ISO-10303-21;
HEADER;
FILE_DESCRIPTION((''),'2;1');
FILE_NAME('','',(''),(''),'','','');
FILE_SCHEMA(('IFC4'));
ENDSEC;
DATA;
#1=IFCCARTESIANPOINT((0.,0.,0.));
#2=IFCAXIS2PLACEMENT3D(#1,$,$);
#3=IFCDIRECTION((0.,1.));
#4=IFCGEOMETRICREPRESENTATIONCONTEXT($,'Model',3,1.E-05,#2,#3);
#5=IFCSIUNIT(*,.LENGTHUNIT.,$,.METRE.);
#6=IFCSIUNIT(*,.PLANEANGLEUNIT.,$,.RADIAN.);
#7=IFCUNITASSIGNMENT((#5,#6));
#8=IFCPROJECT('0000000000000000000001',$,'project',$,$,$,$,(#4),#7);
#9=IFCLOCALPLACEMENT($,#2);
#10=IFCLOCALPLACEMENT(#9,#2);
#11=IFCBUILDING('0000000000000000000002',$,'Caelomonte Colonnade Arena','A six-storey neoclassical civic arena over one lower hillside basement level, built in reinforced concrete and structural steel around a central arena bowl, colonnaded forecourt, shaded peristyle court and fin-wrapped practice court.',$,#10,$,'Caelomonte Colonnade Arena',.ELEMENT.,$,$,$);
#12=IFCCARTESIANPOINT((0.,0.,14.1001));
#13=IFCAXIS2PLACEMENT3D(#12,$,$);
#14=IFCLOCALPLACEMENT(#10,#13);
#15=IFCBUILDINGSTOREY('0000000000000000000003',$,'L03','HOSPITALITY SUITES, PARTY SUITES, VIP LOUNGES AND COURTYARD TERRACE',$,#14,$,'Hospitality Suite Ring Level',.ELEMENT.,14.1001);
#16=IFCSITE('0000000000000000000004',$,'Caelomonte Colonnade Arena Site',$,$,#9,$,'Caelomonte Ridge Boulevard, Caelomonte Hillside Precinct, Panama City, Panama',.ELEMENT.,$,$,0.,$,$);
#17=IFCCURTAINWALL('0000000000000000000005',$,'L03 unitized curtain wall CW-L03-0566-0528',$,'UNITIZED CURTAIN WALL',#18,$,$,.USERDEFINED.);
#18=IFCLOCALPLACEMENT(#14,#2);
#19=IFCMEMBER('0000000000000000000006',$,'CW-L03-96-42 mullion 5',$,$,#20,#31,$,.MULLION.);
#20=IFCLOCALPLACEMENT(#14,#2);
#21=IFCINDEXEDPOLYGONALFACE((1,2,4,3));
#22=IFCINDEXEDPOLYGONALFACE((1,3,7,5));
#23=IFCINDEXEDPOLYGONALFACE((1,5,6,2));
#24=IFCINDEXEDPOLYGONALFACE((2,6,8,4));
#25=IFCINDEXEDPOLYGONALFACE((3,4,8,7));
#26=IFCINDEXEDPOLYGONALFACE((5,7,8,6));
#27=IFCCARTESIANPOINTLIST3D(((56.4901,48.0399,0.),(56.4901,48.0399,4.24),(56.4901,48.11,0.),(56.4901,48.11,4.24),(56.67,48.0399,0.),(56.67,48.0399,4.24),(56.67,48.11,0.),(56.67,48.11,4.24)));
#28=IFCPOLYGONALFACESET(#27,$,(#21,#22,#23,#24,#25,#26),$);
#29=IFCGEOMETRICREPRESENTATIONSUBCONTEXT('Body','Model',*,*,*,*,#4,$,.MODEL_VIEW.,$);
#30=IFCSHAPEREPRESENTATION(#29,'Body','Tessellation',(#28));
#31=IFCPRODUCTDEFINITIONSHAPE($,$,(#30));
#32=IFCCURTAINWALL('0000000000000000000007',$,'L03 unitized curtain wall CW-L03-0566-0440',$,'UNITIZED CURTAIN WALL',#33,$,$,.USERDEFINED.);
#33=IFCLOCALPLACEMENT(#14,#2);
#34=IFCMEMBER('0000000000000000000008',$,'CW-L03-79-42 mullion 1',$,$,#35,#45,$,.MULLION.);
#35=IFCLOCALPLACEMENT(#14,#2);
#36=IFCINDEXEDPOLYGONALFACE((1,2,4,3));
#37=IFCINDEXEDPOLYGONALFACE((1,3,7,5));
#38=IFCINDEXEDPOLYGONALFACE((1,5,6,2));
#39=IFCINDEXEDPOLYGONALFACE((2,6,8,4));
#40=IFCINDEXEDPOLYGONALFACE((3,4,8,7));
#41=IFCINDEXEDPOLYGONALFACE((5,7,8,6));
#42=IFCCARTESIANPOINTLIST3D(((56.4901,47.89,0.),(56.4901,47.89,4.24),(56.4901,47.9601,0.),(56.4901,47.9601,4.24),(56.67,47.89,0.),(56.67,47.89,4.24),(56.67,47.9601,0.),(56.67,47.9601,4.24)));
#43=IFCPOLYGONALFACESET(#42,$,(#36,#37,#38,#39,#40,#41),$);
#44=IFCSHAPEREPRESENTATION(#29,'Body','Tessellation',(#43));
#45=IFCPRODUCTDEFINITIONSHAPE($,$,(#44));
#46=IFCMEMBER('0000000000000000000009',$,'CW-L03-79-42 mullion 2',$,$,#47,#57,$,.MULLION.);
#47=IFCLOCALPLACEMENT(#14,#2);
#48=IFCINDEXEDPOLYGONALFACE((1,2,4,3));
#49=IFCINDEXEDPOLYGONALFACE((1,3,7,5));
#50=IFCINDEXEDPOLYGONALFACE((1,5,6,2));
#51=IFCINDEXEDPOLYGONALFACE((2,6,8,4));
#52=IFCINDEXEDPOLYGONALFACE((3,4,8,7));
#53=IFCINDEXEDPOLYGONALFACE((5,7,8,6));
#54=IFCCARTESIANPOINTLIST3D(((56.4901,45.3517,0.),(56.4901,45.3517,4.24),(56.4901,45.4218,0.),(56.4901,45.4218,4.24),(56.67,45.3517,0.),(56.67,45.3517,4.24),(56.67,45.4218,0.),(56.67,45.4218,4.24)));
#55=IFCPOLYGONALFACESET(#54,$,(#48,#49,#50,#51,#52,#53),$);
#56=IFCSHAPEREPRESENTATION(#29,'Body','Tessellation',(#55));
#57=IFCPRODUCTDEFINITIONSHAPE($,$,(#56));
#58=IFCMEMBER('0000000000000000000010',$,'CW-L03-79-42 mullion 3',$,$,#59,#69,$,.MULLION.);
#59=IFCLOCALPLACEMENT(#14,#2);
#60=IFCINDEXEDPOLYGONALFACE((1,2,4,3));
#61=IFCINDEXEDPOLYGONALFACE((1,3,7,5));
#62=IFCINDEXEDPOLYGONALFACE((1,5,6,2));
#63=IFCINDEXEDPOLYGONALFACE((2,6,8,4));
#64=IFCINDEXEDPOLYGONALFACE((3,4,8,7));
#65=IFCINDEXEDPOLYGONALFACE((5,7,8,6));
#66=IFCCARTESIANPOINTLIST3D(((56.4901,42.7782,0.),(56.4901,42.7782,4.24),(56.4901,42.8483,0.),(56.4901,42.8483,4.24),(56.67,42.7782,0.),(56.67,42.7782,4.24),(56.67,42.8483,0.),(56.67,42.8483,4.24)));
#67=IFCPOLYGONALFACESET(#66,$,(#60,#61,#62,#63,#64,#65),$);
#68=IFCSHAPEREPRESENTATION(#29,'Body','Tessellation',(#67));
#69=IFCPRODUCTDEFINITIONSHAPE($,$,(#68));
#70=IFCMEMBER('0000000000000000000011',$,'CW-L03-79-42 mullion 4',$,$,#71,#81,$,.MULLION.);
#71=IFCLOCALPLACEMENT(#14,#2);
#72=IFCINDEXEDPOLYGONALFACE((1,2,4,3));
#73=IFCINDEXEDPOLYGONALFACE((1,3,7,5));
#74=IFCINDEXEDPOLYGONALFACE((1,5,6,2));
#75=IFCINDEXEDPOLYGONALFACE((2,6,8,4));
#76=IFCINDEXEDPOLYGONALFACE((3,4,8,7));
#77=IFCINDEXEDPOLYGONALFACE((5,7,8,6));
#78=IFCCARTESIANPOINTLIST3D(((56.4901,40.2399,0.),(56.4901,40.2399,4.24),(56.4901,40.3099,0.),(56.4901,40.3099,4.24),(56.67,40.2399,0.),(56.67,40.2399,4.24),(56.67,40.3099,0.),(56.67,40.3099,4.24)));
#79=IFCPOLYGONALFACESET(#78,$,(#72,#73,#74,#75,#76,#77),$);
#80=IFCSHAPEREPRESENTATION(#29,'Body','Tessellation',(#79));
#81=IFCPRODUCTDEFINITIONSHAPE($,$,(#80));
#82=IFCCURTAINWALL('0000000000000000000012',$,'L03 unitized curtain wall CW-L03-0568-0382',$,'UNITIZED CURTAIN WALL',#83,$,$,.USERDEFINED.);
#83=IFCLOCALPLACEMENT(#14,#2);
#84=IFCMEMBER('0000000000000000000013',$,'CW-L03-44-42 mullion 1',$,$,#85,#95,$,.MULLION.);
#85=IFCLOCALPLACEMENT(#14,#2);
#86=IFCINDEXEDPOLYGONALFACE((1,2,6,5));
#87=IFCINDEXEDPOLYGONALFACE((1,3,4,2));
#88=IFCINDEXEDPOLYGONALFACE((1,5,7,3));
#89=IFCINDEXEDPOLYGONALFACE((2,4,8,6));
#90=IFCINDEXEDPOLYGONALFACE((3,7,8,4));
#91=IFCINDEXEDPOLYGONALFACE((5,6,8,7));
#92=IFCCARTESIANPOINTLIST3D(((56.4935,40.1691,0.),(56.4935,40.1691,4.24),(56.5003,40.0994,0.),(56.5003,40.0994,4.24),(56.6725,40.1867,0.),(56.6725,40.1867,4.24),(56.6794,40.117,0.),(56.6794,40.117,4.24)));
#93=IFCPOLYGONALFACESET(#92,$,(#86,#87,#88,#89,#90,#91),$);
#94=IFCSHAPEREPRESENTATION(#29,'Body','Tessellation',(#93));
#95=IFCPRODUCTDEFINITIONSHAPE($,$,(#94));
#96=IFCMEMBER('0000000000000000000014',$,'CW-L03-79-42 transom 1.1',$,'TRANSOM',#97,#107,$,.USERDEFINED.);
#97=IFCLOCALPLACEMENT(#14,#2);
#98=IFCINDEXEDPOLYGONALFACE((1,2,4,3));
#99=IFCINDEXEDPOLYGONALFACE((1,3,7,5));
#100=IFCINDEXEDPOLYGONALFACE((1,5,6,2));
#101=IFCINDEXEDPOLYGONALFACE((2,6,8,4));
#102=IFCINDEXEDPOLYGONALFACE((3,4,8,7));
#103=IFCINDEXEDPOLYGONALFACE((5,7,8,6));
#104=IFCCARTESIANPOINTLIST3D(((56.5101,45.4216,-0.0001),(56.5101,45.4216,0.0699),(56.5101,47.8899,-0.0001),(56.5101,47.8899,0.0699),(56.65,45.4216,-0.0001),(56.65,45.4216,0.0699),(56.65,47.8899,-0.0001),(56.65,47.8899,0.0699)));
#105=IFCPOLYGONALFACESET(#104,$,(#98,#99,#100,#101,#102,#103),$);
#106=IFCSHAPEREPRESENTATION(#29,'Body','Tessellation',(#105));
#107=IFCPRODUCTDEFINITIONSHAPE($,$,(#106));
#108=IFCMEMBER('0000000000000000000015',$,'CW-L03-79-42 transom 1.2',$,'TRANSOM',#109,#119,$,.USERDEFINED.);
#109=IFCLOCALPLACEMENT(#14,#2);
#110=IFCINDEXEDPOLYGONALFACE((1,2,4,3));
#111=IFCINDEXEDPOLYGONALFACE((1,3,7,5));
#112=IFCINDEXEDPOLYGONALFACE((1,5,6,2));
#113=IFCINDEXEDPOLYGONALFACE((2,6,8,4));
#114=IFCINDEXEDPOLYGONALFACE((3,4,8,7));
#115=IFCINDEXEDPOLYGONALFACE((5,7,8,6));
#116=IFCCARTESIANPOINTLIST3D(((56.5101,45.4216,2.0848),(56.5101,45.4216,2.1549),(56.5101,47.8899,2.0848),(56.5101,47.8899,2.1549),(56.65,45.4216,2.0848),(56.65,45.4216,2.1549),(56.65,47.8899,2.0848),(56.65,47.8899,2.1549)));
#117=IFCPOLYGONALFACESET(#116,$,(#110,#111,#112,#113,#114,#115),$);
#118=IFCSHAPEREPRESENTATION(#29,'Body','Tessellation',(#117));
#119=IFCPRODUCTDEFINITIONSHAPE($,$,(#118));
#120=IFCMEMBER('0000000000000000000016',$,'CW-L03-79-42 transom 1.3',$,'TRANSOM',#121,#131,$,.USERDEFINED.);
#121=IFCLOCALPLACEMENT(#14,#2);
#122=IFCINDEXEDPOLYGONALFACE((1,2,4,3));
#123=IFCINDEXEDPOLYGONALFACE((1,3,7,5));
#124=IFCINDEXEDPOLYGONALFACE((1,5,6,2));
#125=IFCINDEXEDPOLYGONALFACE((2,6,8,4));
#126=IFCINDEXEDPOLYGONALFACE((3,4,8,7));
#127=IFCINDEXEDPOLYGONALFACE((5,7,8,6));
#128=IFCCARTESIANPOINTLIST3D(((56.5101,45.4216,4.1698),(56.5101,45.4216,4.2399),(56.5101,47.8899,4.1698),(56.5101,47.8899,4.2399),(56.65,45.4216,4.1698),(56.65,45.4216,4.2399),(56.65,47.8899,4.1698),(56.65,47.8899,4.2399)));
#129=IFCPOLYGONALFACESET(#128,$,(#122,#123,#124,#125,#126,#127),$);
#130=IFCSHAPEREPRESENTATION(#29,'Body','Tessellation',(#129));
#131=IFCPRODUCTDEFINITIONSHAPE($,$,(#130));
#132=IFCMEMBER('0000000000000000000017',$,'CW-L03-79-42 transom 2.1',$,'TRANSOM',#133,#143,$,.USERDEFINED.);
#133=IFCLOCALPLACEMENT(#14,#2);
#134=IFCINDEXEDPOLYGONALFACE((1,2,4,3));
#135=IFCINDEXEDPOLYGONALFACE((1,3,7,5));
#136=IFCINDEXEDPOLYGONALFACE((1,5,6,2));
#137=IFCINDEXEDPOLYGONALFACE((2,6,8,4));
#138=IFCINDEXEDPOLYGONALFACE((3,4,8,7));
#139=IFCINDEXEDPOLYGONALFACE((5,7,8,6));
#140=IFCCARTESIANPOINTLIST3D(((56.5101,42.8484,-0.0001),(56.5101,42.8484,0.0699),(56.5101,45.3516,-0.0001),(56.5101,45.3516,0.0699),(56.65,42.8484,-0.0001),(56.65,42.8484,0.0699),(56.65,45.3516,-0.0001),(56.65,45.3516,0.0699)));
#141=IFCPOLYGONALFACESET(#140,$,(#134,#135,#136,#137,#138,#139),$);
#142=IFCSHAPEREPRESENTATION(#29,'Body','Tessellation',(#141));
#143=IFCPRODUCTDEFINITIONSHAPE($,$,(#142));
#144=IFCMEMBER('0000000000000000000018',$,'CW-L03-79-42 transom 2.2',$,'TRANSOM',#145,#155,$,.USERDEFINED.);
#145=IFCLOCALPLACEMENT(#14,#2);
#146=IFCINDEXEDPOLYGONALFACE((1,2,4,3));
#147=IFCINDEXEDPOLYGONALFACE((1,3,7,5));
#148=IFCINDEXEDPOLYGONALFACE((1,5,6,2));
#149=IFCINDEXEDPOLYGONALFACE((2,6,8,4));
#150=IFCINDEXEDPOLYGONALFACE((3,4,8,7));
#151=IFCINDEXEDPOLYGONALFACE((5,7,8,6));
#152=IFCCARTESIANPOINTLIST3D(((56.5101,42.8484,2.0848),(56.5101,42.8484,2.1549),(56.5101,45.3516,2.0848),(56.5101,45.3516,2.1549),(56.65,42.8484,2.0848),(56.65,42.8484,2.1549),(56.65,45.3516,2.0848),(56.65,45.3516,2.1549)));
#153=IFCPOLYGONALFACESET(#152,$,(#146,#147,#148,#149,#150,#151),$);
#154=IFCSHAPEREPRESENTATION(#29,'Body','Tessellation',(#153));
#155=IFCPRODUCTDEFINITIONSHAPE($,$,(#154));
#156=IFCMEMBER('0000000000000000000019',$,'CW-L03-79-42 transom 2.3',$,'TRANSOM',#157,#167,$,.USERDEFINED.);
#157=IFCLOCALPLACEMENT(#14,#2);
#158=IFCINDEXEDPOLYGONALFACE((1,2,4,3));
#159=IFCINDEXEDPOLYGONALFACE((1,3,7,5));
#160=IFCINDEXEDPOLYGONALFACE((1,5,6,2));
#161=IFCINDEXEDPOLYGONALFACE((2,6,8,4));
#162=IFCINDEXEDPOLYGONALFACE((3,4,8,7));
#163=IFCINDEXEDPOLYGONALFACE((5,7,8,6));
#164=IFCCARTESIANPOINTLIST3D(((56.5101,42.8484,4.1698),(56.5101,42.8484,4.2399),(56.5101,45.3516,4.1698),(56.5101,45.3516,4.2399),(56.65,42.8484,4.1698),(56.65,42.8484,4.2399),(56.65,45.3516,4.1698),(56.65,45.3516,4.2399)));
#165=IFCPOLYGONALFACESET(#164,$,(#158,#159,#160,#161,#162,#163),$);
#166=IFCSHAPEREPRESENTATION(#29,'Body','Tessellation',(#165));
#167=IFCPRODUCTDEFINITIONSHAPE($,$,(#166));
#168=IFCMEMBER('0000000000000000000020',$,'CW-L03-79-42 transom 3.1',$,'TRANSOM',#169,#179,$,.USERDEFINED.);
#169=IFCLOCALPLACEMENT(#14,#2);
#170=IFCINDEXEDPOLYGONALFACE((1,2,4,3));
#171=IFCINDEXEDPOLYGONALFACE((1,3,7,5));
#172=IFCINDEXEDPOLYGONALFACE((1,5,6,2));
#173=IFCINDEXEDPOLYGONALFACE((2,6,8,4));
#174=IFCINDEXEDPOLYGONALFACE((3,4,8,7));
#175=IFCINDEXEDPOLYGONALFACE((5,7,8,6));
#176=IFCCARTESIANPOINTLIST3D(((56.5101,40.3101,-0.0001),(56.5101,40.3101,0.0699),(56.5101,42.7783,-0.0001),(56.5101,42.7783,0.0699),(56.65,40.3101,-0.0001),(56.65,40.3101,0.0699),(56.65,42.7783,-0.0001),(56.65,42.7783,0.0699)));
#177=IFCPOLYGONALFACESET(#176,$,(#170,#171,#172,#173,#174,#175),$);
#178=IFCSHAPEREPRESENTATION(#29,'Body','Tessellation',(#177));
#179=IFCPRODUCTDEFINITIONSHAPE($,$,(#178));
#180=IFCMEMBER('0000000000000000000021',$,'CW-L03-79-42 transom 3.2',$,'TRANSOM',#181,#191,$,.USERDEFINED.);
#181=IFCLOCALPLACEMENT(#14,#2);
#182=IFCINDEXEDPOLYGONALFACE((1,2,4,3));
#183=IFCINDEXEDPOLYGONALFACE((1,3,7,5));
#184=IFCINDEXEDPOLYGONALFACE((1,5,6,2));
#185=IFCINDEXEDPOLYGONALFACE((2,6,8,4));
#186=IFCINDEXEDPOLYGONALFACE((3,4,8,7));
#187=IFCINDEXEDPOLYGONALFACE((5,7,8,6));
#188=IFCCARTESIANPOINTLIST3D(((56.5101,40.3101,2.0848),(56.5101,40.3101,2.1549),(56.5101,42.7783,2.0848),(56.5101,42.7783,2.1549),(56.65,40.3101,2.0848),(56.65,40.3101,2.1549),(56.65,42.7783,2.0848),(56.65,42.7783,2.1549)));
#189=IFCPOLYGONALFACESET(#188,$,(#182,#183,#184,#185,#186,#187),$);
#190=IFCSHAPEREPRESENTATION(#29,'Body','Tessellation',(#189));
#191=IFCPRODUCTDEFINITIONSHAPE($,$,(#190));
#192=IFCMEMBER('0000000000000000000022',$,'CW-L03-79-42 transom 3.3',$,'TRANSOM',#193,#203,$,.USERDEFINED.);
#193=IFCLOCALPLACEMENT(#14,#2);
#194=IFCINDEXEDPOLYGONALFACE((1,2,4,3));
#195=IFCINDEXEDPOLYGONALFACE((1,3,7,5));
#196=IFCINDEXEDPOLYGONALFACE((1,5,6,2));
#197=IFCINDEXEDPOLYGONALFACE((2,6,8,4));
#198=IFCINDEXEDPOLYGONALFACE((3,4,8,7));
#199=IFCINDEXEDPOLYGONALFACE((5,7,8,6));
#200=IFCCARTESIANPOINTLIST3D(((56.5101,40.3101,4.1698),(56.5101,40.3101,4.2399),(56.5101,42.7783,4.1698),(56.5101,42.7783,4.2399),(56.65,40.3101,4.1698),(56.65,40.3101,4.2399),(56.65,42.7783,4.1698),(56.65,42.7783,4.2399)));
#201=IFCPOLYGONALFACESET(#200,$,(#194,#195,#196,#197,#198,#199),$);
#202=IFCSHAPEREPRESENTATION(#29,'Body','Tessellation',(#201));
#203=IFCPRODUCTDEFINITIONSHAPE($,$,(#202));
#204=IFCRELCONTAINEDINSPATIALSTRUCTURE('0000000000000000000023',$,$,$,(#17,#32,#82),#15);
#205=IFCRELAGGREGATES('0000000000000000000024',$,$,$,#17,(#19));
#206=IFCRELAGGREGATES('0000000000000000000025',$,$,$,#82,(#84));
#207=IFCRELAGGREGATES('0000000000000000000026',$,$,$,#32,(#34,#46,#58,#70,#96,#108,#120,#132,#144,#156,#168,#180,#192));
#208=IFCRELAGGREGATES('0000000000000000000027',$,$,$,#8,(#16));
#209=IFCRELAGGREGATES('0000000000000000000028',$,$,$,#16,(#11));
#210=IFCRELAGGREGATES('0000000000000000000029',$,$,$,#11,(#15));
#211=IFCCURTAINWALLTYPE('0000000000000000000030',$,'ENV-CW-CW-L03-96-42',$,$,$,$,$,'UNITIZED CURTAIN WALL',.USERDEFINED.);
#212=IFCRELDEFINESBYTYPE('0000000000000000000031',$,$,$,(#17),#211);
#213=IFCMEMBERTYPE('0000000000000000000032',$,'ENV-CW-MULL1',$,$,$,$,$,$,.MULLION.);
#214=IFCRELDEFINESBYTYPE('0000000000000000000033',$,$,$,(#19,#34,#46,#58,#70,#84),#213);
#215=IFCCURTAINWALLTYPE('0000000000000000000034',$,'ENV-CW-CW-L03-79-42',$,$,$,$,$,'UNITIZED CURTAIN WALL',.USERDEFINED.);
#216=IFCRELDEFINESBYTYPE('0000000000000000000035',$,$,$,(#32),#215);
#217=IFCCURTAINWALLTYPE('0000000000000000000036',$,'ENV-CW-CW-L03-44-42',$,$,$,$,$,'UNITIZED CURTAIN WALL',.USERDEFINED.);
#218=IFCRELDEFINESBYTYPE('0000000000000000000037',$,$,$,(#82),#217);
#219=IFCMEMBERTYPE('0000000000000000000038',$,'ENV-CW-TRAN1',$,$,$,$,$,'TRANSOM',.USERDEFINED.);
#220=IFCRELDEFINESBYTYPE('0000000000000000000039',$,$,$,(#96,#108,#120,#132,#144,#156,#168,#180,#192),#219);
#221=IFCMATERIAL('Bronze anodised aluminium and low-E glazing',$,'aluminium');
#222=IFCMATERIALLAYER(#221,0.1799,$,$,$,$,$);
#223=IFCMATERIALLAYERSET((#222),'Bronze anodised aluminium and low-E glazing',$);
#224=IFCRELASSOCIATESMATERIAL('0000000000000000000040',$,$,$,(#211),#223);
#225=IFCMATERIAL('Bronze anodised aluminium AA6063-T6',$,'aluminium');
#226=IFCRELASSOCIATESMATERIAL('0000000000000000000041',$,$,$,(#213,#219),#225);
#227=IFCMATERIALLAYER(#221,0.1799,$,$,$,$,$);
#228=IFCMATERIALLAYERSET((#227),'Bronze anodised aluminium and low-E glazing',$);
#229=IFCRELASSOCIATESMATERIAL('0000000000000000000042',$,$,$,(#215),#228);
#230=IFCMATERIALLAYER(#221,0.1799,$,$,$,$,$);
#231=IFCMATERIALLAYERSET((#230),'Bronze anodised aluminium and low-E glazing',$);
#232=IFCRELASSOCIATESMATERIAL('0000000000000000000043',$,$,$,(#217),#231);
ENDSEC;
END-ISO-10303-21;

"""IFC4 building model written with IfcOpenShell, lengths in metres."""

from ifc_helpers import new_model, si_unit, direction, frame, origin, origin_2d, place, context, subcontext, project, spatial, rectangle, extrude, material, layer, layer_set, material_profile, profile_set, type_object, element, aggregate, save


model = new_model("IFC4")

# Units and contexts
model_context = context("Model", 3, precision=1e-05, world=origin(), true_north=direction((0.0, 1.0)))
body_context = subcontext(model_context, "Body", "Model", "MODEL_VIEW")
ifc_project = project(units=[si_unit("LENGTHUNIT", "METRE"), si_unit("PLANEANGLEUNIT", "RADIAN")], contexts=[model_context])

# Site, building, storey
site_placement = place(None, origin())
site = spatial("IfcSite", under=ifc_project, at=site_placement, Name="Caelomonte Colonnade Arena Site", LongName="Caelomonte Ridge Boulevard, Caelomonte Hillside Precinct, Panama City, Panama", CompositionType="ELEMENT", RefElevation=0.0)
building_placement = place(site_placement, origin())
building = spatial("IfcBuilding", under=site, at=building_placement, Name="Caelomonte Colonnade Arena", Description="A six-storey neoclassical civic arena over one lower hillside basement level, built in reinforced concrete and structural steel around a central arena bowl, colonnaded forecourt, shaded peristyle court and fin-wrapped practice court.", LongName="Caelomonte Colonnade Arena", CompositionType="ELEMENT")
storey_placement = place(building_placement, frame((0.0, 0.0, 14.1001)))
storey = spatial("IfcBuildingStorey", under=building, at=storey_placement, Name="L03", Description="HOSPITALITY SUITES, PARTY SUITES, VIP LOUNGES AND COURTYARD TERRACE", LongName="Hospitality Suite Ring Level", CompositionType="ELEMENT", Elevation=14.1001)

# Curtain wall, member
ifc_material_1 = material(Name="Bronze anodised aluminium and low-E glazing", Category="aluminium")
ifc_layer_1 = layer(ifc_material_1, 0.1799)
ifc_layer_set_1 = layer_set([ifc_layer_1], Name="Bronze anodised aluminium and low-E glazing")
curtain_wall_type_1 = type_object("IfcCurtainWallType", Name="ENV-CW-CW-L03-96-42", ElementType="UNITIZED CURTAIN WALL", PredefinedType="USERDEFINED", material=ifc_layer_set_1)
curtain_wall_1_placement = place(storey_placement, origin())
curtain_wall_1 = element("IfcCurtainWall", 1, at=curtain_wall_1_placement, inside=storey, type_object=curtain_wall_type_1, Name="L03 unitized curtain wall CW-L03-0566-0528", ObjectType="UNITIZED CURTAIN WALL", PredefinedType="USERDEFINED")
ifc_material_2 = material(Name="Bronze anodised aluminium AA6063-T6", Category="aluminium")
ifc_material_profile_1 = material_profile(ifc_material_2, rectangle(XDim=0.0701, YDim=0.1799, at=origin_2d()), Name="CWM-70X180")
ifc_profile_set_1 = profile_set([ifc_material_profile_1], Name="Bronze anodised aluminium AA6063-T6")
member_type_1 = type_object("IfcMemberType", Name="ENV-CW-MULL1", PredefinedType="MULLION", material=ifc_profile_set_1)
member_1_placement = place(storey_placement, frame((56.5801, 48.075, 0.0), z_axis=(0.0, 0.0, 1.0), x_axis=(0.0, -1.0, 0.0)))
member_1 = element("IfcMember", 2, at=member_1_placement, type_object=member_type_1, Name="CW-L03-96-42 mullion 5", PredefinedType="MULLION", context=body_context, shape_type="SweptSolid", body=[
    extrude(rectangle(XDim=0.0701, YDim=0.1799, at=origin_2d()), origin(), (0.0, 0.0, 1.0), 4.24),
])
aggregate(curtain_wall_1, [member_1])

# Curtain wall, members
ifc_layer_2 = layer(ifc_material_1, 0.1799)
ifc_layer_set_2 = layer_set([ifc_layer_2], Name="Bronze anodised aluminium and low-E glazing")
curtain_wall_type_2 = type_object("IfcCurtainWallType", Name="ENV-CW-CW-L03-79-42", ElementType="UNITIZED CURTAIN WALL", PredefinedType="USERDEFINED", material=ifc_layer_set_2)
curtain_wall_2_placement = place(storey_placement, origin())
curtain_wall_2 = element("IfcCurtainWall", 3, at=curtain_wall_2_placement, inside=storey, type_object=curtain_wall_type_2, Name="L03 unitized curtain wall CW-L03-0566-0440", ObjectType="UNITIZED CURTAIN WALL", PredefinedType="USERDEFINED")
member_2_placement = place(storey_placement, frame((56.5801, 47.925, 0.0), z_axis=(0.0, 0.0, 1.0), x_axis=(0.0, -1.0, 0.0)))
member_2 = element("IfcMember", 4, at=member_2_placement, type_object=member_type_1, Name="CW-L03-79-42 mullion 1", PredefinedType="MULLION", context=body_context, shape_type="SweptSolid", body=[
    extrude(rectangle(XDim=0.0701, YDim=0.1799, at=origin_2d()), origin(), (0.0, 0.0, 1.0), 4.24),
])
member_3_placement = place(storey_placement, frame((56.5801, 45.3867, 0.0), z_axis=(0.0, 0.0, 1.0), x_axis=(0.0, -1.0, 0.0)))
member_3 = element("IfcMember", 5, at=member_3_placement, type_object=member_type_1, Name="CW-L03-79-42 mullion 2", PredefinedType="MULLION", context=body_context, shape_type="SweptSolid", body=[
    extrude(rectangle(XDim=0.0701, YDim=0.1799, at=origin_2d()), origin(), (0.0, 0.0, 1.0), 4.24),
])
member_4_placement = place(storey_placement, frame((56.5801, 42.8132, 0.0), z_axis=(0.0, 0.0, 1.0), x_axis=(0.0, -1.0, 0.0)))
member_4 = element("IfcMember", 6, at=member_4_placement, type_object=member_type_1, Name="CW-L03-79-42 mullion 3", PredefinedType="MULLION", context=body_context, shape_type="SweptSolid", body=[
    extrude(rectangle(XDim=0.0701, YDim=0.1799, at=origin_2d()), origin(), (0.0, 0.0, 1.0), 4.24),
])
member_5_placement = place(storey_placement, frame((56.5801, 40.2749, 0.0), z_axis=(0.0, 0.0, 1.0), x_axis=(0.0, -1.0, 0.0)))
member_5 = element("IfcMember", 7, at=member_5_placement, type_object=member_type_1, Name="CW-L03-79-42 mullion 4", PredefinedType="MULLION", context=body_context, shape_type="SweptSolid", body=[
    extrude(rectangle(XDim=0.0701, YDim=0.1799, at=origin_2d()), origin(), (0.0, 0.0, 1.0), 4.24),
])

# Curtain wall, member
ifc_layer_3 = layer(ifc_material_1, 0.1799)
ifc_layer_set_3 = layer_set([ifc_layer_3], Name="Bronze anodised aluminium and low-E glazing")
curtain_wall_type_3 = type_object("IfcCurtainWallType", Name="ENV-CW-CW-L03-44-42", ElementType="UNITIZED CURTAIN WALL", PredefinedType="USERDEFINED", material=ifc_layer_set_3)
curtain_wall_3_placement = place(storey_placement, origin())
curtain_wall_3 = element("IfcCurtainWall", 8, at=curtain_wall_3_placement, inside=storey, type_object=curtain_wall_type_3, Name="L03 unitized curtain wall CW-L03-0568-0382", ObjectType="UNITIZED CURTAIN WALL", PredefinedType="USERDEFINED")
member_6_placement = place(storey_placement, frame((56.5864, 40.1431, 0.0), z_axis=(0.0, 0.0, 1.0), x_axis=(0.098002, -0.995186, 0.0)))
member_6 = element("IfcMember", 9, at=member_6_placement, type_object=member_type_1, Name="CW-L03-44-42 mullion 1", PredefinedType="MULLION", context=body_context, shape_type="SweptSolid", body=[
    extrude(rectangle(XDim=0.0701, YDim=0.1799, at=origin_2d()), origin(), (0.0, 0.0, 1.0), 4.24),
])

# Members
ifc_material_profile_2 = material_profile(ifc_material_2, rectangle(XDim=0.0701, YDim=0.1399, at=origin_2d()), Name="CWT-70X140")
ifc_profile_set_2 = profile_set([ifc_material_profile_2], Name="Bronze anodised aluminium AA6063-T6")
member_type_2 = type_object("IfcMemberType", Name="ENV-CW-TRAN1", ElementType="TRANSOM", PredefinedType="USERDEFINED", material=ifc_profile_set_2)
member_7_placement = place(storey_placement, frame((56.5801, 47.8899, 0.0349), z_axis=(0.0, -1.0, 0.0), x_axis=(0.0, 0.0, 1.0)))
member_7 = element("IfcMember", 10, at=member_7_placement, type_object=member_type_2, Name="CW-L03-79-42 transom 1.1", ObjectType="TRANSOM", PredefinedType="USERDEFINED", context=body_context, shape_type="SweptSolid", body=[
    extrude(rectangle(XDim=0.0701, YDim=0.1399, at=origin_2d()), origin(), (0.0, 0.0, 1.0), 2.4683),
])
member_8_placement = place(storey_placement, frame((56.5801, 47.8899, 2.1199), z_axis=(0.0, -1.0, 0.0), x_axis=(0.0, 0.0, 1.0)))
member_8 = element("IfcMember", 11, at=member_8_placement, type_object=member_type_2, Name="CW-L03-79-42 transom 1.2", ObjectType="TRANSOM", PredefinedType="USERDEFINED", context=body_context, shape_type="SweptSolid", body=[
    extrude(rectangle(XDim=0.0701, YDim=0.1399, at=origin_2d()), origin(), (0.0, 0.0, 1.0), 2.4683),
])
member_9_placement = place(storey_placement, frame((56.5801, 47.8899, 4.2048), z_axis=(0.0, -1.0, 0.0), x_axis=(0.0, 0.0, 1.0)))
member_9 = element("IfcMember", 12, at=member_9_placement, type_object=member_type_2, Name="CW-L03-79-42 transom 1.3", ObjectType="TRANSOM", PredefinedType="USERDEFINED", context=body_context, shape_type="SweptSolid", body=[
    extrude(rectangle(XDim=0.0701, YDim=0.1399, at=origin_2d()), origin(), (0.0, 0.0, 1.0), 2.4683),
])
member_10_placement = place(storey_placement, frame((56.5801, 45.3516, 0.0349), z_axis=(0.0, -1.0, 0.0), x_axis=(0.0, 0.0, 1.0)))
member_10 = element("IfcMember", 13, at=member_10_placement, type_object=member_type_2, Name="CW-L03-79-42 transom 2.1", ObjectType="TRANSOM", PredefinedType="USERDEFINED", context=body_context, shape_type="SweptSolid", body=[
    extrude(rectangle(XDim=0.0701, YDim=0.1399, at=origin_2d()), origin(), (0.0, 0.0, 1.0), 2.5032),
])
member_11_placement = place(storey_placement, frame((56.5801, 45.3516, 2.1199), z_axis=(0.0, -1.0, 0.0), x_axis=(0.0, 0.0, 1.0)))
member_11 = element("IfcMember", 14, at=member_11_placement, type_object=member_type_2, Name="CW-L03-79-42 transom 2.2", ObjectType="TRANSOM", PredefinedType="USERDEFINED", context=body_context, shape_type="SweptSolid", body=[
    extrude(rectangle(XDim=0.0701, YDim=0.1399, at=origin_2d()), origin(), (0.0, 0.0, 1.0), 2.5032),
])
member_12_placement = place(storey_placement, frame((56.5801, 45.3516, 4.2048), z_axis=(0.0, -1.0, 0.0), x_axis=(0.0, 0.0, 1.0)))
member_12 = element("IfcMember", 15, at=member_12_placement, type_object=member_type_2, Name="CW-L03-79-42 transom 2.3", ObjectType="TRANSOM", PredefinedType="USERDEFINED", context=body_context, shape_type="SweptSolid", body=[
    extrude(rectangle(XDim=0.0701, YDim=0.1399, at=origin_2d()), origin(), (0.0, 0.0, 1.0), 2.5032),
])
member_13_placement = place(storey_placement, frame((56.5801, 42.7783, 0.0349), z_axis=(0.0, -1.0, 0.0), x_axis=(0.0, 0.0, 1.0)))
member_13 = element("IfcMember", 16, at=member_13_placement, type_object=member_type_2, Name="CW-L03-79-42 transom 3.1", ObjectType="TRANSOM", PredefinedType="USERDEFINED", context=body_context, shape_type="SweptSolid", body=[
    extrude(rectangle(XDim=0.0701, YDim=0.1399, at=origin_2d()), origin(), (0.0, 0.0, 1.0), 2.4683),
])
member_14_placement = place(storey_placement, frame((56.5801, 42.7783, 2.1199), z_axis=(0.0, -1.0, 0.0), x_axis=(0.0, 0.0, 1.0)))
member_14 = element("IfcMember", 17, at=member_14_placement, type_object=member_type_2, Name="CW-L03-79-42 transom 3.2", ObjectType="TRANSOM", PredefinedType="USERDEFINED", context=body_context, shape_type="SweptSolid", body=[
    extrude(rectangle(XDim=0.0701, YDim=0.1399, at=origin_2d()), origin(), (0.0, 0.0, 1.0), 2.4683),
])
member_15_placement = place(storey_placement, frame((56.5801, 42.7783, 4.2048), z_axis=(0.0, -1.0, 0.0), x_axis=(0.0, 0.0, 1.0)))
member_15 = element("IfcMember", 18, at=member_15_placement, type_object=member_type_2, Name="CW-L03-79-42 transom 3.3", ObjectType="TRANSOM", PredefinedType="USERDEFINED", context=body_context, shape_type="SweptSolid", body=[
    extrude(rectangle(XDim=0.0701, YDim=0.1399, at=origin_2d()), origin(), (0.0, 0.0, 1.0), 2.4683),
])
aggregate(curtain_wall_3, [member_6])

aggregate(curtain_wall_2, [member_2, member_3, member_4, member_5, member_7, member_8, member_9, member_10, member_11, member_12, member_13, member_14, member_15])

save(model, "model.ifc")
